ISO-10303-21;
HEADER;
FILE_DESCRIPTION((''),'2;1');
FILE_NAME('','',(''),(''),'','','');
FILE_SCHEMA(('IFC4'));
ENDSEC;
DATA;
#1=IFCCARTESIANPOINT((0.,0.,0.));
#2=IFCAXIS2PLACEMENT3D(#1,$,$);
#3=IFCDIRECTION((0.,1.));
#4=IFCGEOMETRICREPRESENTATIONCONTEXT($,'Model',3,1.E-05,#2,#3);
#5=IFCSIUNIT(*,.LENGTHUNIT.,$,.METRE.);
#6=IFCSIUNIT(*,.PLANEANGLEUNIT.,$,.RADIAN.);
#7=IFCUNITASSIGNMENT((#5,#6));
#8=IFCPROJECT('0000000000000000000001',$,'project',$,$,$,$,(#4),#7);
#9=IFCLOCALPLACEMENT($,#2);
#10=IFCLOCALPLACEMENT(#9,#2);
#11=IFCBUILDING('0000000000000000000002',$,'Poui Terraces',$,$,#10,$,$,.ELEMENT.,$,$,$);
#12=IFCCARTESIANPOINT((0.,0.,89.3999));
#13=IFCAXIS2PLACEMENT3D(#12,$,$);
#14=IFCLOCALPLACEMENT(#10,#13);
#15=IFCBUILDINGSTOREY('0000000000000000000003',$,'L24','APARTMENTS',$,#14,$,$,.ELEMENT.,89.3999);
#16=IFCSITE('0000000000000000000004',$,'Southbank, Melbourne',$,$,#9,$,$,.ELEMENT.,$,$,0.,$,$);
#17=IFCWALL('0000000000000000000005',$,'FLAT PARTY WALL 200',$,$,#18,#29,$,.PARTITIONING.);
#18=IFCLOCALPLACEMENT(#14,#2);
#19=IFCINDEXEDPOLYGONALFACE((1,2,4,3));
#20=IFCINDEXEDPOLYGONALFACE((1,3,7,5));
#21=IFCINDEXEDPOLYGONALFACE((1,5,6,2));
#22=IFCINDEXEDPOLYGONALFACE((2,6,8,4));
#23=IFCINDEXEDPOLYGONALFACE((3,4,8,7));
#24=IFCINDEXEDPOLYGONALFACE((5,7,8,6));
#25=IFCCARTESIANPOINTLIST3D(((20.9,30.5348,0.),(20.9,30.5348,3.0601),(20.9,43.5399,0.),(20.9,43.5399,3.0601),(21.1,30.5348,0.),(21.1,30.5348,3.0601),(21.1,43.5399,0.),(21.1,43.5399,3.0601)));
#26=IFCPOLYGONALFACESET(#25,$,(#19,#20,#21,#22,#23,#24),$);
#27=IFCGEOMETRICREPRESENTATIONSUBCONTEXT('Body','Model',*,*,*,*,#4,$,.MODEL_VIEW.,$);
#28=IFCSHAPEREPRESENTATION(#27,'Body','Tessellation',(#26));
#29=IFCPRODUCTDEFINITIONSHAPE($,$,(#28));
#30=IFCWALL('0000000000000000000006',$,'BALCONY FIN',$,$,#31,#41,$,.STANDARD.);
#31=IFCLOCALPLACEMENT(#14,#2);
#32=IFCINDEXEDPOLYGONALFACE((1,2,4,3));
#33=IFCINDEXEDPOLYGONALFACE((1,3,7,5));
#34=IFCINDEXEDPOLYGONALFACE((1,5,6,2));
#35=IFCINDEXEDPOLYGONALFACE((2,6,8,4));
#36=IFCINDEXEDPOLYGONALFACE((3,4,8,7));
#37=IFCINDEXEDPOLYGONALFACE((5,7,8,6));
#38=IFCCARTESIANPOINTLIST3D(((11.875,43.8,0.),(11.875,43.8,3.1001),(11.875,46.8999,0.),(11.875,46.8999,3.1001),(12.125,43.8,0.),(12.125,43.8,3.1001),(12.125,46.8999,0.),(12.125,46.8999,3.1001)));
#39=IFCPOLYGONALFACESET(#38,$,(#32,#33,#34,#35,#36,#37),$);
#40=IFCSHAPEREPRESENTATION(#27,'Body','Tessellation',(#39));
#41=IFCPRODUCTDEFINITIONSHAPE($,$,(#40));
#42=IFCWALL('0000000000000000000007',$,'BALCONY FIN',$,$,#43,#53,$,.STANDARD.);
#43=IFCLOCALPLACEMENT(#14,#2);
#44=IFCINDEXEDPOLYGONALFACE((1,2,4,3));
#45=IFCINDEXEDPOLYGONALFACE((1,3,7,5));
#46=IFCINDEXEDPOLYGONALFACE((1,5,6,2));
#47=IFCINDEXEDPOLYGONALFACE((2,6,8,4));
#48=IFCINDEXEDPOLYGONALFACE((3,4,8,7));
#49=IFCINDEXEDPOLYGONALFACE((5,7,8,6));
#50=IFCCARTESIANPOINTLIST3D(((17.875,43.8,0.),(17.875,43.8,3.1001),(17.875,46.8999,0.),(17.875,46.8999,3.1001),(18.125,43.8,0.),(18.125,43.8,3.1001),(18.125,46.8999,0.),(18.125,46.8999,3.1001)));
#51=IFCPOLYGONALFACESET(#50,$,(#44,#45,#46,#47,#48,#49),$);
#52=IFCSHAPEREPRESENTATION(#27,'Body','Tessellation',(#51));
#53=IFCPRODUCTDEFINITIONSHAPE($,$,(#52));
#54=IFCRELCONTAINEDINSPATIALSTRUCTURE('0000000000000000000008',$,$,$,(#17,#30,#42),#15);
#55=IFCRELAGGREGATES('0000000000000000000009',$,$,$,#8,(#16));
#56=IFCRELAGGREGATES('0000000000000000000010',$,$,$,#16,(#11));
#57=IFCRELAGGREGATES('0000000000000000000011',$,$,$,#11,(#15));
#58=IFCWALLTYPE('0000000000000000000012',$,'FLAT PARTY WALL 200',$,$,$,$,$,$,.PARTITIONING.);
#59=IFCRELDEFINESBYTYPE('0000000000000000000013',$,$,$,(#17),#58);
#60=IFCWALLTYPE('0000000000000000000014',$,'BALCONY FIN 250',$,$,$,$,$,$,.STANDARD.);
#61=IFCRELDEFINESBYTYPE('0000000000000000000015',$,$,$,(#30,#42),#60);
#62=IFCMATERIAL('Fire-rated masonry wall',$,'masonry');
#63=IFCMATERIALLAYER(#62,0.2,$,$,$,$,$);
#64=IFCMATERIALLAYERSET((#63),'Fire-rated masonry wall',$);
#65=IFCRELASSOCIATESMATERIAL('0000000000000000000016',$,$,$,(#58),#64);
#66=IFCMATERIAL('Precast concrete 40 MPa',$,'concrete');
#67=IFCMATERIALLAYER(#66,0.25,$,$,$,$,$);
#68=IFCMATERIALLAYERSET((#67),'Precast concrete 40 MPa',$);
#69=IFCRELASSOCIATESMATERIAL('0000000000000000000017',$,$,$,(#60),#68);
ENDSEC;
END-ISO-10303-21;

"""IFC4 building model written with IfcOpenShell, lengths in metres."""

from ifc_helpers import new_model, si_unit, direction, frame, frame_2d, origin, place, context, subcontext, project, spatial, polyline, rectangle, outline, extrude, source, transform, mapped, material, layer, layer_set, type_object, element, save


model = new_model("IFC4")

# Units and contexts
model_context = context("Model", 3, precision=1e-05, world=origin(), true_north=direction((0.0, 1.0)))
body_context = subcontext(model_context, "Body", "Model", "MODEL_VIEW")
ifc_project = project(units=[si_unit("LENGTHUNIT", "METRE"), si_unit("PLANEANGLEUNIT", "RADIAN")], contexts=[model_context])

# Site, building, storey
site_placement = place(None, origin())
site = spatial("IfcSite", under=ifc_project, at=site_placement, Name="Southbank, Melbourne", CompositionType="ELEMENT", RefElevation=0.0)
building_placement = place(site_placement, origin())
building = spatial("IfcBuilding", under=site, at=building_placement, Name="Poui Terraces", CompositionType="ELEMENT")
storey_placement = place(building_placement, frame((0.0, 0.0, 89.3999)))
storey = spatial("IfcBuildingStorey", under=building, at=storey_placement, Name="L24", Description="APARTMENTS", CompositionType="ELEMENT", Elevation=89.3999)

# Walls
ifc_material_1 = material(Name="Fire-rated masonry wall", Category="masonry")
ifc_layer_1 = layer(ifc_material_1, 0.2)
ifc_layer_set_1 = layer_set([ifc_layer_1], Name="Fire-rated masonry wall")
wall_type_1 = type_object("IfcWallType", Name="FLAT PARTY WALL 200", PredefinedType="PARTITIONING", material=ifc_layer_set_1)
wall_1_placement = place(storey_placement, frame((21.0, 30.5349, 0.0), z_axis=(0.0, 0.0, 1.0), x_axis=(0.0, 1.0, 0.0)))
element("IfcWall", 1, at=wall_1_placement, inside=storey, type_object=wall_type_1, Name="FLAT PARTY WALL 200", PredefinedType="PARTITIONING", context=body_context, shape_type="SweptSolid", body=[
    extrude(rectangle(XDim=13.0051, YDim=0.2, at=frame_2d((6.5024, 0.0))), origin(), (0.0, 0.0, 1.0), 3.0601),
])
ifc_material_2 = material(Name="Precast concrete 40 MPa", Category="concrete")
ifc_layer_2 = layer(ifc_material_2, 0.25)
ifc_layer_set_2 = layer_set([ifc_layer_2], Name="Precast concrete 40 MPa")
wall_type_2 = type_object("IfcWallType", Name="BALCONY FIN 250", PredefinedType="STANDARD", material=ifc_layer_set_2)
shared_shape_1 = source(origin(), body_context, "Body", "SweptSolid", [
    extrude(outline(polyline([(0.0, 0.0), (0.25, 0.0), (0.25, 3.0999), (0.0, 3.0999), (0.0, 0.0)])), origin(), (0.0, 0.0, 1.0), 3.1001),
])
for number, where, name in (
    (2, (11.875, 43.8, 0.0), "BALCONY FIN"),
    (3, (17.875, 43.8, 0.0), "BALCONY FIN"),
):
    element("IfcWall", number, at=place(storey_placement, frame(where)), inside=storey, type_object=wall_type_2, Name=name, PredefinedType="STANDARD", context=body_context, shape_type="MappedRepresentation", body=[
        mapped(shared_shape_1, transform((0.0, 0.0, 0.0))),
    ])

save(model, "model.ifc")
